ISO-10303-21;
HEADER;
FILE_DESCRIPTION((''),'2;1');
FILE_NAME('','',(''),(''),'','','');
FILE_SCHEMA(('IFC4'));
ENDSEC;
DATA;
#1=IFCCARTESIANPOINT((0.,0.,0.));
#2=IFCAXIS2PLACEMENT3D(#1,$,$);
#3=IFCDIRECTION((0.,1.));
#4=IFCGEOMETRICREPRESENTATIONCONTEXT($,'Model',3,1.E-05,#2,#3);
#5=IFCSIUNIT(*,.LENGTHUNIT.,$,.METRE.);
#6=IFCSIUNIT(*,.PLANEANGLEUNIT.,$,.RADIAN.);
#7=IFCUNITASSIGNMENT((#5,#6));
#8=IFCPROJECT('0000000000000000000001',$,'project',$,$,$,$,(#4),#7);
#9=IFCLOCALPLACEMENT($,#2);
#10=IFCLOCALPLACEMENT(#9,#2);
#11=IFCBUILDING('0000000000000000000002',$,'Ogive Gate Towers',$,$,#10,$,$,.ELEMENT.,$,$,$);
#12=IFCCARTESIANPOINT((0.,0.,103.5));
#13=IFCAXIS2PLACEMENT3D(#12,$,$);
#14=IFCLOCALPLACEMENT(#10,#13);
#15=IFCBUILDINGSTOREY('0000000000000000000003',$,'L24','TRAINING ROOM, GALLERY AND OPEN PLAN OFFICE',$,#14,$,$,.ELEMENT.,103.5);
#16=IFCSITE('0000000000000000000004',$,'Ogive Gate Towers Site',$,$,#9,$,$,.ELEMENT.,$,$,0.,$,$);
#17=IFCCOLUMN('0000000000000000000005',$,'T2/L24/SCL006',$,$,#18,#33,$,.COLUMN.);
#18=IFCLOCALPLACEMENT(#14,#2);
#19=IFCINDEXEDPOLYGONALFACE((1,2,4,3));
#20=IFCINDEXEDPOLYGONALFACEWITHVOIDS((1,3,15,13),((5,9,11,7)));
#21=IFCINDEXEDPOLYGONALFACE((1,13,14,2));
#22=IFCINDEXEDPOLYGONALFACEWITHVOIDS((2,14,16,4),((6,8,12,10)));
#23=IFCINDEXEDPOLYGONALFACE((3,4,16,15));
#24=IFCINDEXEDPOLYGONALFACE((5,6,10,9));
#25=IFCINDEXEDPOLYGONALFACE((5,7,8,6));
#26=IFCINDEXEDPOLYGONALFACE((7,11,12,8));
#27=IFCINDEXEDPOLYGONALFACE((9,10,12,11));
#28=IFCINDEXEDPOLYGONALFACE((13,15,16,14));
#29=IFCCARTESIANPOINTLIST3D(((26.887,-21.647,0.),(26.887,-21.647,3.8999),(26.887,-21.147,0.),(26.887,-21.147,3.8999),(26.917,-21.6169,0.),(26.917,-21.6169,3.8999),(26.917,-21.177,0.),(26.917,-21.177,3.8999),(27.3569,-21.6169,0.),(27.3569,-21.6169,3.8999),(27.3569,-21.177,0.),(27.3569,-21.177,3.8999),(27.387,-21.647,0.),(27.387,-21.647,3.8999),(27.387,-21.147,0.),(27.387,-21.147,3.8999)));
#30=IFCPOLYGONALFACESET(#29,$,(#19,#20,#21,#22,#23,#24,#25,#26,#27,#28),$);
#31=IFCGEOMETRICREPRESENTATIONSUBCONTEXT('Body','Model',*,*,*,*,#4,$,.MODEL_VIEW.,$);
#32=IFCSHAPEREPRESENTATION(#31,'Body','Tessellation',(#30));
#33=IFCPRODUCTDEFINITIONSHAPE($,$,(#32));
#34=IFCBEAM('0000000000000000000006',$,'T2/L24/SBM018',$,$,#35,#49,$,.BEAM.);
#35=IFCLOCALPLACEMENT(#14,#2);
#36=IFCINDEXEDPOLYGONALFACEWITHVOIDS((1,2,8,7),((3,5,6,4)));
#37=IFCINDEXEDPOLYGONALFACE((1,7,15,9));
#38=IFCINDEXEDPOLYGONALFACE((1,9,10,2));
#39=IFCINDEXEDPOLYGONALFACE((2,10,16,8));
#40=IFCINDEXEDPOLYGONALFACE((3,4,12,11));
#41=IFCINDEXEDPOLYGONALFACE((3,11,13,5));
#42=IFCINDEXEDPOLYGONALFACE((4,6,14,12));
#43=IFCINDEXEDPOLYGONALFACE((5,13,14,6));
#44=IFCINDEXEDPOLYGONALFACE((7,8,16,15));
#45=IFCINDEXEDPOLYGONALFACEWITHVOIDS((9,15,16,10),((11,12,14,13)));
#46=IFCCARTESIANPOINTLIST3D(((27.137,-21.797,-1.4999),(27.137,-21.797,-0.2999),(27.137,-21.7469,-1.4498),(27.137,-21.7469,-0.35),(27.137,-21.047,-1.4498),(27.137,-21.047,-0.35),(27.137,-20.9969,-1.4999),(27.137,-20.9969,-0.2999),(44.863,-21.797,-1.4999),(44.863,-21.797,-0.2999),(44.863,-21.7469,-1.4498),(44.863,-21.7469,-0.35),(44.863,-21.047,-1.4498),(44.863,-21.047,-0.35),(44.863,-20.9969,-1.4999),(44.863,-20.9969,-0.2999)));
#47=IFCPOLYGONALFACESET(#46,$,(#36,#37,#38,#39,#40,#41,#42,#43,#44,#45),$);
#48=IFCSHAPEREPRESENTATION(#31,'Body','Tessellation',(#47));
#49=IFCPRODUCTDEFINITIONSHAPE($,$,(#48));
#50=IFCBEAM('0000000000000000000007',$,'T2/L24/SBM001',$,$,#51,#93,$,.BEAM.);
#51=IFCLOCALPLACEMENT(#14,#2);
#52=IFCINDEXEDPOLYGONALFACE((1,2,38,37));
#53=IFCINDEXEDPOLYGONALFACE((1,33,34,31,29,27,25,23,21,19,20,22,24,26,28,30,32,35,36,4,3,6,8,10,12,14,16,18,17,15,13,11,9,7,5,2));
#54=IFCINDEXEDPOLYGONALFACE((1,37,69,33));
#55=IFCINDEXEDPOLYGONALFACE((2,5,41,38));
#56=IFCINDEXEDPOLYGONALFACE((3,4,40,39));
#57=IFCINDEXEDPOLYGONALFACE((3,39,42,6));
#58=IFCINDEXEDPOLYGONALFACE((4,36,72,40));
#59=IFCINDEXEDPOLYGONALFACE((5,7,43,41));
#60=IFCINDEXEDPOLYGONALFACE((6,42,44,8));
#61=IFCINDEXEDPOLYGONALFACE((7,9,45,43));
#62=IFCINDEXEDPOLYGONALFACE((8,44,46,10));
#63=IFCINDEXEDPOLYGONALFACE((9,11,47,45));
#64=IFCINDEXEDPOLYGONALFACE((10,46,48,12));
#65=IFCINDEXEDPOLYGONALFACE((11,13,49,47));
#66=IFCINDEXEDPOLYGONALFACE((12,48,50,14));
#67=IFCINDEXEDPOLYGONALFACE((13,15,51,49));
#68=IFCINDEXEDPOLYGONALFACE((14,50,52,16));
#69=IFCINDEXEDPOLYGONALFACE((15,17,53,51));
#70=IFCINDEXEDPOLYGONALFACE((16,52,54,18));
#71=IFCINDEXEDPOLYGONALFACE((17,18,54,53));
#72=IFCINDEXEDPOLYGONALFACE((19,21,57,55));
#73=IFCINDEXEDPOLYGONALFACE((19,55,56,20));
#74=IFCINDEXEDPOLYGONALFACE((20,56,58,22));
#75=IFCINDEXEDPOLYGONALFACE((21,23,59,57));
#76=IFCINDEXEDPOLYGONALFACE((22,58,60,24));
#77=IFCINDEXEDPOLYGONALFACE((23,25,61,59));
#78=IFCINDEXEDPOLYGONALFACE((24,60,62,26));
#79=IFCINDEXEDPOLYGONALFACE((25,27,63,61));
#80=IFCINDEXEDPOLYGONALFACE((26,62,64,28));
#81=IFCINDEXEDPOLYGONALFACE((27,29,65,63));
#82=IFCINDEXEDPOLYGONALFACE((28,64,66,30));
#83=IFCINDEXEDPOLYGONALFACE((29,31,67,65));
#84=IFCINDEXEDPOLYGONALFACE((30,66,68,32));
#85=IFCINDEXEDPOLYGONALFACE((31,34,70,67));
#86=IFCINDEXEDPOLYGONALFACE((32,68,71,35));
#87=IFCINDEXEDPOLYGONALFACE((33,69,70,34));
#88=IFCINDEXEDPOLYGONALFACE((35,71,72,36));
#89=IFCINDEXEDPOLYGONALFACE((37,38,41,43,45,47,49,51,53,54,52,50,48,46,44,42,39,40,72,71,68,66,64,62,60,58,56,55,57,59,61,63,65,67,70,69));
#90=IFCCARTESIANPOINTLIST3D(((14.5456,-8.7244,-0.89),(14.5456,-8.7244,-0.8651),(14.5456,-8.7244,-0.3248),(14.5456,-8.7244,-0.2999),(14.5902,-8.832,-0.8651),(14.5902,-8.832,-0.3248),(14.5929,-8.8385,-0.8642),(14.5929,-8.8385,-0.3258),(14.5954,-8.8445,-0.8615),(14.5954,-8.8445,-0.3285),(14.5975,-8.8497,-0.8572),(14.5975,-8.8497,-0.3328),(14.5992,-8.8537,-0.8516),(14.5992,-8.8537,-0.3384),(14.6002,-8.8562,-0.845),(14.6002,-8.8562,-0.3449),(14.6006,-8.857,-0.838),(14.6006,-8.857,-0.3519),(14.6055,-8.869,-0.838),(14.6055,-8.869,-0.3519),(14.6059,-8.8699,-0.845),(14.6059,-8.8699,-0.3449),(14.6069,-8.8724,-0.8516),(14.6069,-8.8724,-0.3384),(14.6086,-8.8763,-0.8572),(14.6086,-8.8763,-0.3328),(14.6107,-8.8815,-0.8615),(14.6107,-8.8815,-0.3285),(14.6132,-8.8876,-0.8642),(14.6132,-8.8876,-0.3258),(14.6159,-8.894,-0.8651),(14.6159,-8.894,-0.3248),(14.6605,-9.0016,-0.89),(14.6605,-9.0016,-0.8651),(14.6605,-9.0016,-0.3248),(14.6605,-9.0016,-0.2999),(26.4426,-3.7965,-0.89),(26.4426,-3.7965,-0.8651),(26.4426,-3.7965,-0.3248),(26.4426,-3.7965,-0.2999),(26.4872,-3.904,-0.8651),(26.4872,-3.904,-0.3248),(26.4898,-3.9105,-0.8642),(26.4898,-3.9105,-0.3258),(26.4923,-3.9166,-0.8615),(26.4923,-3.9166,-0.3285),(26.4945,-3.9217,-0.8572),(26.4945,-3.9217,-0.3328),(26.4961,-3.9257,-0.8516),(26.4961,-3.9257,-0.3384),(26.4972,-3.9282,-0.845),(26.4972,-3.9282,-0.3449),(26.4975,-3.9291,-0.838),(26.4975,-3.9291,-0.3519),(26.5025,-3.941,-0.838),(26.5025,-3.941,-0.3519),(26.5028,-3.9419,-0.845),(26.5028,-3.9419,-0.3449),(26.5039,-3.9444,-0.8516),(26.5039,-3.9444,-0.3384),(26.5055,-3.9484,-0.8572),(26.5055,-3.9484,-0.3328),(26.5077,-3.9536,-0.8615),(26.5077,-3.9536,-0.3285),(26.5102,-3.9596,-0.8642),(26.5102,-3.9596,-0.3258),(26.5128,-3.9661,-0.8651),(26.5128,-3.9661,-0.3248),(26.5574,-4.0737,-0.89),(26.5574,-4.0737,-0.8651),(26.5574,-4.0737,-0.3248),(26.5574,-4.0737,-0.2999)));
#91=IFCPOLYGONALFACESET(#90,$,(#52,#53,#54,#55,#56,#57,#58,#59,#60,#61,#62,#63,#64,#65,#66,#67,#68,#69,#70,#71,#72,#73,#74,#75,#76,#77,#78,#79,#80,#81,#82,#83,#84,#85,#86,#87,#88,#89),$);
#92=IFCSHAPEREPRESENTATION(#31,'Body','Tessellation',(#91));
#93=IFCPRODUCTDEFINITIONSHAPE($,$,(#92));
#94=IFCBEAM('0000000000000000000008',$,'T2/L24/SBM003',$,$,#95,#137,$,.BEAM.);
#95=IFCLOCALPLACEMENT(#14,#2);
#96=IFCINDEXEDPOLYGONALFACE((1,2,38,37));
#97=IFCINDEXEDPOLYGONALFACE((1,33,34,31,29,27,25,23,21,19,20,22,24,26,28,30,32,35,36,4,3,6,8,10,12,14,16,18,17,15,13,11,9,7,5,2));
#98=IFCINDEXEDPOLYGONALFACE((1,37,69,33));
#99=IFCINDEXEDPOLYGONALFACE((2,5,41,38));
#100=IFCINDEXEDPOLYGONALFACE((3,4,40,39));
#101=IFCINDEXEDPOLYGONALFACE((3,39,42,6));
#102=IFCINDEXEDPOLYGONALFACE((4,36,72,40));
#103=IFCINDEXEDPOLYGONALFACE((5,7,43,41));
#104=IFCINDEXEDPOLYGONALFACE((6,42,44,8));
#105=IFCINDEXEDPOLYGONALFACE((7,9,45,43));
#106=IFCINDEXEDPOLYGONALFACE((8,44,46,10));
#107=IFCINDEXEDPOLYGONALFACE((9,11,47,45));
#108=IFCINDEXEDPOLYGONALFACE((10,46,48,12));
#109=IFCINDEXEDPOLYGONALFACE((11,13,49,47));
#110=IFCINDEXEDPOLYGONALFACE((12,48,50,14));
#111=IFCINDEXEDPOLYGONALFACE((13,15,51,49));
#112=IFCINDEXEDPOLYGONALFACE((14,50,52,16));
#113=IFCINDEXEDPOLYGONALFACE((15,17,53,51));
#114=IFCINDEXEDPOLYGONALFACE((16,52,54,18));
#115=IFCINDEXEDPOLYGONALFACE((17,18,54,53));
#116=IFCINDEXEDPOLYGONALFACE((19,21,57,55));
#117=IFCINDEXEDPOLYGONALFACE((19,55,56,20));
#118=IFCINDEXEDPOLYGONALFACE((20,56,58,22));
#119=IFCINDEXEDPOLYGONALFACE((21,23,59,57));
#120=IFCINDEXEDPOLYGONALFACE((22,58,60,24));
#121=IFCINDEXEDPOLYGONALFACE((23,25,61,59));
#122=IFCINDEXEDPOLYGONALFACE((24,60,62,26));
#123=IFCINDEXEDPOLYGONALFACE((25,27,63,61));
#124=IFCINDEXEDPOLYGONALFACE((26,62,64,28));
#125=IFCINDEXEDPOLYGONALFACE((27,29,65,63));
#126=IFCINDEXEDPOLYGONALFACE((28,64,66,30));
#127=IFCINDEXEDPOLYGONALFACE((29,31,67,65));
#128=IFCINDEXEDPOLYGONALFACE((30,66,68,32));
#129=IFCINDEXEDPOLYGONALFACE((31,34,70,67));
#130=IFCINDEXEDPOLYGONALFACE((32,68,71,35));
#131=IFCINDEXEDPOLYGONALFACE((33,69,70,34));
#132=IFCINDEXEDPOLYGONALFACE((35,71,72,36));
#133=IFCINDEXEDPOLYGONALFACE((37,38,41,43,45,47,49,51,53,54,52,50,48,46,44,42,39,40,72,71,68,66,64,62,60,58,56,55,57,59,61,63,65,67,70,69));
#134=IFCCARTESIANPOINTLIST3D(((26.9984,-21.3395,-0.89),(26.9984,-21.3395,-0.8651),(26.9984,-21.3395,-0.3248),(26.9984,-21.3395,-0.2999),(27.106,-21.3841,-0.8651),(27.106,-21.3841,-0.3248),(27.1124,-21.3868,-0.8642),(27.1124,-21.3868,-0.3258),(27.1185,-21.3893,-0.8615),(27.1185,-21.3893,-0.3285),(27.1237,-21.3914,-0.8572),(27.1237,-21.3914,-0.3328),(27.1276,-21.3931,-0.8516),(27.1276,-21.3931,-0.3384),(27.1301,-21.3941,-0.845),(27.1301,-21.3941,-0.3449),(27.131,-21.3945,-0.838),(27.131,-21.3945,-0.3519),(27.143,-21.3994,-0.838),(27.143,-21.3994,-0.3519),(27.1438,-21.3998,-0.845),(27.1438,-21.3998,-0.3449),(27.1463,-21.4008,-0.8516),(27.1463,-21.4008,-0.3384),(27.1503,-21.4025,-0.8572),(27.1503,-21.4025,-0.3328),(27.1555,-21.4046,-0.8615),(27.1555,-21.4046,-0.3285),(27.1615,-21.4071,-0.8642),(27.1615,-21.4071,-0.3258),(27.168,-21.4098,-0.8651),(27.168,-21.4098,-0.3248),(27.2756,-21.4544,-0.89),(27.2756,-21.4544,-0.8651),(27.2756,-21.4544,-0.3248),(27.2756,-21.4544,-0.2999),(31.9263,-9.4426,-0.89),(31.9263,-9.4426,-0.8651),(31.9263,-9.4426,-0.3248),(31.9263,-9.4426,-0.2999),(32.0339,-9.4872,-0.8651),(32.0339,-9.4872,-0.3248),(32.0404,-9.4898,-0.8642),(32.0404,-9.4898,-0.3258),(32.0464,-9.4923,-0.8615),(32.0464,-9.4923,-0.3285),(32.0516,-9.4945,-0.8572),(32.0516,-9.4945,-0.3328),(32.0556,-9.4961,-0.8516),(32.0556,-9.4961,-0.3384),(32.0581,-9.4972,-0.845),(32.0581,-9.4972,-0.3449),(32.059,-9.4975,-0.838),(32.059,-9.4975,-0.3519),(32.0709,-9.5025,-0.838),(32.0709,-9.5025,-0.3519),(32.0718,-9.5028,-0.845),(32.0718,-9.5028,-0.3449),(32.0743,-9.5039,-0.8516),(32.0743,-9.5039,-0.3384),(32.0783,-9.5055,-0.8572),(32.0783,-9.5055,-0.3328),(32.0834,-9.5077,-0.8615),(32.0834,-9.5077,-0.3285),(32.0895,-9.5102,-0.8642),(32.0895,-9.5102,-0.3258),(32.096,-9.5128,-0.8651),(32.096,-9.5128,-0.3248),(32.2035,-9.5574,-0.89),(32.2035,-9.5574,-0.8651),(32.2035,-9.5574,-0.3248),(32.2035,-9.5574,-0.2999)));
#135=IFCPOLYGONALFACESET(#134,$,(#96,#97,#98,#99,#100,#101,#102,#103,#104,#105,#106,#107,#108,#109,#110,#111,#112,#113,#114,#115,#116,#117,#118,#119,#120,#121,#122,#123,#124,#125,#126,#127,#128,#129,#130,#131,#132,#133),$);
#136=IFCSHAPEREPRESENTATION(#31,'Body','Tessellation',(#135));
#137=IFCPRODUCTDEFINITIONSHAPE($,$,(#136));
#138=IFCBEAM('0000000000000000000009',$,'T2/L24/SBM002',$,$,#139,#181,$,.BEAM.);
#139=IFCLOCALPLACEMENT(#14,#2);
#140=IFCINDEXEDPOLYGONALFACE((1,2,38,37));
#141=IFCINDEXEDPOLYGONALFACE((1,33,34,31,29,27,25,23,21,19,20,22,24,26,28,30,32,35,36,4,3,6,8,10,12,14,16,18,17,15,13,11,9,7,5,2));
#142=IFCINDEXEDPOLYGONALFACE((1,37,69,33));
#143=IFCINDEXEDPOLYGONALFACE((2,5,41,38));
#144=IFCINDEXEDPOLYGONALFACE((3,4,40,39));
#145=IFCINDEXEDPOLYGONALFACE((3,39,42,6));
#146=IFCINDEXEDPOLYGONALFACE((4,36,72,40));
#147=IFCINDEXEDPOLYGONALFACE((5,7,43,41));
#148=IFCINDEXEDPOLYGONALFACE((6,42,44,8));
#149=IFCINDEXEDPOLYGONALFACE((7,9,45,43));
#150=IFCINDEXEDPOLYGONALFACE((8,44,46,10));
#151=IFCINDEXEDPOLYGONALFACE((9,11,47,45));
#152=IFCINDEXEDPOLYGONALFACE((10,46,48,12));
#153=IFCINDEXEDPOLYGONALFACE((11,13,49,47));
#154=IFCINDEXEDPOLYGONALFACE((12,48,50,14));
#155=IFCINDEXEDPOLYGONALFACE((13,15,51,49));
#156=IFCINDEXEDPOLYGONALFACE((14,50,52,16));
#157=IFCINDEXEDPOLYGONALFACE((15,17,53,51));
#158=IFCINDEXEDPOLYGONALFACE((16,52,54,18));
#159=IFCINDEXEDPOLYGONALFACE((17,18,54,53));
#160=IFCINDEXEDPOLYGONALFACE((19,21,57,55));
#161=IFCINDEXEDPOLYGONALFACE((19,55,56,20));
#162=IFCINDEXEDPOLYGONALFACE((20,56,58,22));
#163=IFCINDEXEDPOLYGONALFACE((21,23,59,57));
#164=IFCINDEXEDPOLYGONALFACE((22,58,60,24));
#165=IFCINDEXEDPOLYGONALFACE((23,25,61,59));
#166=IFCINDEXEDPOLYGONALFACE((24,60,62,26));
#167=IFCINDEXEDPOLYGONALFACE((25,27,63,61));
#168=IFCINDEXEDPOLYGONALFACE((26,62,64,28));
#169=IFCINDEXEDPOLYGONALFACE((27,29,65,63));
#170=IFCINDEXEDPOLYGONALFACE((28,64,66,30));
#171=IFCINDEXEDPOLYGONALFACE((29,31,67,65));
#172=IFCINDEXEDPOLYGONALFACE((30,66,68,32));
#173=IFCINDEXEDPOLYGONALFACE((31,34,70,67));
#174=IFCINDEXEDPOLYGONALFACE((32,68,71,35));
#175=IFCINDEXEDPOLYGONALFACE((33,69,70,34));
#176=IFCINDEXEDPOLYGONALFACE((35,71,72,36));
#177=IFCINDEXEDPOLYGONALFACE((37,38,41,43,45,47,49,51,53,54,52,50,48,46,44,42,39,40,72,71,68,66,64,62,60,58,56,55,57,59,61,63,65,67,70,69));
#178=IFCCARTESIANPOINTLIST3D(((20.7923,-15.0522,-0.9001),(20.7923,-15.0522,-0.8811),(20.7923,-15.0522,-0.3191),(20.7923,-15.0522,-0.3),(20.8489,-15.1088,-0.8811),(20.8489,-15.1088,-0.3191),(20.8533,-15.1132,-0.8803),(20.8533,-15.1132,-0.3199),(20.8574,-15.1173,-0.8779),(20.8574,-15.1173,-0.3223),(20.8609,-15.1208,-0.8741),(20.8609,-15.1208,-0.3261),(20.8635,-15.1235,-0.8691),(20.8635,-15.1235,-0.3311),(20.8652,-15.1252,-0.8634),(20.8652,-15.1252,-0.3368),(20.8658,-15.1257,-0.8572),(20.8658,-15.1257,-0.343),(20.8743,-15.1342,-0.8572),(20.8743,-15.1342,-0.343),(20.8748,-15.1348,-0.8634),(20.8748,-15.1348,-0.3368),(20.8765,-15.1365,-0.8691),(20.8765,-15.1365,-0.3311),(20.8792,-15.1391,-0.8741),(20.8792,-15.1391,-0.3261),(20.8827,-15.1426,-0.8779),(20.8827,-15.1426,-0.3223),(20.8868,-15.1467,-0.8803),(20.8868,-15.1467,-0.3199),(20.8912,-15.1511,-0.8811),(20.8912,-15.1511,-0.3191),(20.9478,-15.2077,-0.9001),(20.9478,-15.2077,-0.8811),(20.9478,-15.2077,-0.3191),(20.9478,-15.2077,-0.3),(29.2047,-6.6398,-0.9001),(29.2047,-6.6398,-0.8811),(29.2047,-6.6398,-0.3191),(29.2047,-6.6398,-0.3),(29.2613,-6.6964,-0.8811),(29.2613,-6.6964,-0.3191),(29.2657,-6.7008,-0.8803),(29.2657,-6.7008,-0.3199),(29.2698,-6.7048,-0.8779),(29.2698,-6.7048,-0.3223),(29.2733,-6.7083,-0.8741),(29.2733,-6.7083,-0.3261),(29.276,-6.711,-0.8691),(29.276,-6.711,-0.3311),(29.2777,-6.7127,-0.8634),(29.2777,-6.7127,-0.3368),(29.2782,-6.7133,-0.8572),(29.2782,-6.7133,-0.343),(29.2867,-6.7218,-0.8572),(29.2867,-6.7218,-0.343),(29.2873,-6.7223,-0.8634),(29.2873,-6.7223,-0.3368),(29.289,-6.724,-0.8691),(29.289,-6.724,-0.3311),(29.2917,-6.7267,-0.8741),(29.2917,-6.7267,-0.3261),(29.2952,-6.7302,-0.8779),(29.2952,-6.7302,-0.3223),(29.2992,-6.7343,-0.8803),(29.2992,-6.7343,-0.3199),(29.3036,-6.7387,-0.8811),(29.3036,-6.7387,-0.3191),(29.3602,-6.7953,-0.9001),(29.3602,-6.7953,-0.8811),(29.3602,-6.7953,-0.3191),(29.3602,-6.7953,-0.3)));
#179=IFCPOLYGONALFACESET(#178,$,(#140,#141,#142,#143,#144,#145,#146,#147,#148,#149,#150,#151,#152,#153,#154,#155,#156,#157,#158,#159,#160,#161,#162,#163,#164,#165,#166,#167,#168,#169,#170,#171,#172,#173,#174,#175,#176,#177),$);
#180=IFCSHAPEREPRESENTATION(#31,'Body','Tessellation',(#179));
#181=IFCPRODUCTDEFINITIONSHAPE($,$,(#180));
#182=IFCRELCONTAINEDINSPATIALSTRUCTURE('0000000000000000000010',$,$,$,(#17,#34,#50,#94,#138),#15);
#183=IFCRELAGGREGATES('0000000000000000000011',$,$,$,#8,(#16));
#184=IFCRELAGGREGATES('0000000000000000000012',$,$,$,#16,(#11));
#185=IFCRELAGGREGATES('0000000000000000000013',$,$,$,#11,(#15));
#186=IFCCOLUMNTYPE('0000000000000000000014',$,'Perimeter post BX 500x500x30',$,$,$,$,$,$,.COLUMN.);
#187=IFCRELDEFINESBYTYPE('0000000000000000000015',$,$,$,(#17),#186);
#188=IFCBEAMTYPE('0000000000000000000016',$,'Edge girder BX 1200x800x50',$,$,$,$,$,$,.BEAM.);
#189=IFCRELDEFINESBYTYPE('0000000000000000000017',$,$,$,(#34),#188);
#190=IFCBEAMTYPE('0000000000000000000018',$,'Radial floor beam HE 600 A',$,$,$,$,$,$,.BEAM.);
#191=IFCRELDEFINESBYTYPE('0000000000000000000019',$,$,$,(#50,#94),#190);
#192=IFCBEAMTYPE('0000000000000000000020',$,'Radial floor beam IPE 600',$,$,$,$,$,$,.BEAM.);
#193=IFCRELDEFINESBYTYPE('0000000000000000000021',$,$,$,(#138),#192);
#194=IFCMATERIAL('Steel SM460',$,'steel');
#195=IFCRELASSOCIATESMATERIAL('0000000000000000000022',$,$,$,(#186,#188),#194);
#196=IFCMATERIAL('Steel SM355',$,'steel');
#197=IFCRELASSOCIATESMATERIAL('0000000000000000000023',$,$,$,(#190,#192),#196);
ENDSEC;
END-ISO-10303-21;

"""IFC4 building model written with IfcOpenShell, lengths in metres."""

from ifc_helpers import new_model, si_unit, direction, frame, origin, origin_2d, place, context, subcontext, project, spatial, hollow_rectangle, i_section, extrude, material, material_profile, profile_set, type_object, element, save


model = new_model("IFC4")

# Units and contexts
model_context = context("Model", 3, precision=1e-05, world=origin(), true_north=direction((0.0, 1.0)))
body_context = subcontext(model_context, "Body", "Model", "MODEL_VIEW")
ifc_project = project(units=[si_unit("LENGTHUNIT", "METRE"), si_unit("PLANEANGLEUNIT", "RADIAN")], contexts=[model_context])

# Site, building, storey
site_placement = place(None, origin())
site = spatial("IfcSite", under=ifc_project, at=site_placement, Name="Ogive Gate Towers Site", CompositionType="ELEMENT", RefElevation=0.0)
building_placement = place(site_placement, origin())
building = spatial("IfcBuilding", under=site, at=building_placement, Name="Ogive Gate Towers", CompositionType="ELEMENT")
storey_placement = place(building_placement, frame((0.0, 0.0, 103.5)))
storey = spatial("IfcBuildingStorey", under=building, at=storey_placement, Name="L24", Description="TRAINING ROOM, GALLERY AND OPEN PLAN OFFICE", CompositionType="ELEMENT", Elevation=103.5)

# Column
ifc_material_1 = material(Name="Steel SM460", Category="steel")
ifc_material_profile_1 = material_profile(ifc_material_1, hollow_rectangle(XDim=0.5, YDim=0.5, WallThickness=0.03, at=origin_2d()), Name="BX 500x500x30")
ifc_profile_set_1 = profile_set([ifc_material_profile_1], Name="Steel SM460")
column_type = type_object("IfcColumnType", Name="Perimeter post BX 500x500x30", PredefinedType="COLUMN", material=ifc_profile_set_1)
column_placement = place(storey_placement, frame((27.137, -21.397, 0.0), z_axis=(0.0, 0.0, 1.0), x_axis=(1.0, 0.0, 0.0)))
element("IfcColumn", 1, at=column_placement, inside=storey, type_object=column_type, Name="T2/L24/SCL006", PredefinedType="COLUMN", context=body_context, shape_type="SweptSolid", body=[
    extrude(hollow_rectangle(XDim=0.5, YDim=0.5, WallThickness=0.03, at=origin_2d()), origin(), (0.0, 0.0, 1.0), 3.8999),
])

# Beams
ifc_material_profile_2 = material_profile(ifc_material_1, hollow_rectangle(XDim=0.8, YDim=1.2, WallThickness=0.05, at=origin_2d()), Name="BX 1200x800x50")
ifc_profile_set_2 = profile_set([ifc_material_profile_2], Name="Steel SM460")
beam_type_1 = type_object("IfcBeamType", Name="Edge girder BX 1200x800x50", PredefinedType="BEAM", material=ifc_profile_set_2)
beam_1_placement = place(storey_placement, frame((27.137, -21.397, -0.8999), z_axis=(1.0, 0.0, 0.0), x_axis=(0.0, 1.0, 0.0)))
element("IfcBeam", 2, at=beam_1_placement, inside=storey, type_object=beam_type_1, Name="T2/L24/SBM018", PredefinedType="BEAM", context=body_context, shape_type="SweptSolid", body=[
    extrude(hollow_rectangle(XDim=0.8, YDim=1.2, WallThickness=0.05, at=origin_2d()), origin(), (0.0, 0.0, 1.0), 17.7261),
])
ifc_material_2 = material(Name="Steel SM355", Category="steel")
ifc_material_profile_3 = material_profile(ifc_material_2, i_section(OverallWidth=0.3, OverallDepth=0.5901, WebThickness=0.0129, FlangeThickness=0.0249, FilletRadius=0.0271, at=origin_2d()), Name="HE 600 A")
ifc_profile_set_3 = profile_set([ifc_material_profile_3], Name="Steel SM355")
beam_type_2 = type_object("IfcBeamType", Name="Radial floor beam HE 600 A", PredefinedType="BEAM", material=ifc_profile_set_3)
for number, where, z_axis, x_axis, name in (
    (3, (26.5, -3.9351, -0.595), (-0.923877, -0.382689, 0.0), (0.382689, -0.923877, 0.0), "T2/L24/SBM001"),
    (4, (32.0649, -9.5, -0.595), (-0.382689, -0.923877, 0.0), (0.923877, -0.382689, 0.0), "T2/L24/SBM003"),
):
    element("IfcBeam", number, at=place(storey_placement, frame(where, z_axis=z_axis, x_axis=x_axis)), inside=storey, type_object=beam_type_2, Name=name, PredefinedType="BEAM", context=body_context, shape_type="SweptSolid", body=[
        extrude(i_section(OverallWidth=0.3, OverallDepth=0.5901, WebThickness=0.0129, FlangeThickness=0.0249, FilletRadius=0.0271, at=origin_2d()), origin(), (0.0, 0.0, 1.0), 12.8772),
    ])
ifc_material_profile_4 = material_profile(ifc_material_2, i_section(OverallWidth=0.22, OverallDepth=0.6001, WebThickness=0.012, FlangeThickness=0.019, FilletRadius=0.0239, at=origin_2d()), Name="IPE 600")
ifc_profile_set_4 = profile_set([ifc_material_profile_4], Name="Steel SM355")
beam_type_3 = type_object("IfcBeamType", Name="Radial floor beam IPE 600", PredefinedType="BEAM", material=ifc_profile_set_4)
beam_2_placement = place(storey_placement, frame((29.2825, -6.7175, -0.6001), z_axis=(-0.707107, -0.707107, 0.0), x_axis=(0.707107, -0.707107, 0.0)))
element("IfcBeam", 5, at=beam_2_placement, inside=storey, type_object=beam_type_3, Name="T2/L24/SBM002", PredefinedType="BEAM", context=body_context, shape_type="SweptSolid", body=[
    extrude(i_section(OverallWidth=0.22, OverallDepth=0.6001, WebThickness=0.012, FlangeThickness=0.019, FilletRadius=0.0239, at=origin_2d()), origin(), (0.0, 0.0, 1.0), 11.897),
])

save(model, "model.ifc")
